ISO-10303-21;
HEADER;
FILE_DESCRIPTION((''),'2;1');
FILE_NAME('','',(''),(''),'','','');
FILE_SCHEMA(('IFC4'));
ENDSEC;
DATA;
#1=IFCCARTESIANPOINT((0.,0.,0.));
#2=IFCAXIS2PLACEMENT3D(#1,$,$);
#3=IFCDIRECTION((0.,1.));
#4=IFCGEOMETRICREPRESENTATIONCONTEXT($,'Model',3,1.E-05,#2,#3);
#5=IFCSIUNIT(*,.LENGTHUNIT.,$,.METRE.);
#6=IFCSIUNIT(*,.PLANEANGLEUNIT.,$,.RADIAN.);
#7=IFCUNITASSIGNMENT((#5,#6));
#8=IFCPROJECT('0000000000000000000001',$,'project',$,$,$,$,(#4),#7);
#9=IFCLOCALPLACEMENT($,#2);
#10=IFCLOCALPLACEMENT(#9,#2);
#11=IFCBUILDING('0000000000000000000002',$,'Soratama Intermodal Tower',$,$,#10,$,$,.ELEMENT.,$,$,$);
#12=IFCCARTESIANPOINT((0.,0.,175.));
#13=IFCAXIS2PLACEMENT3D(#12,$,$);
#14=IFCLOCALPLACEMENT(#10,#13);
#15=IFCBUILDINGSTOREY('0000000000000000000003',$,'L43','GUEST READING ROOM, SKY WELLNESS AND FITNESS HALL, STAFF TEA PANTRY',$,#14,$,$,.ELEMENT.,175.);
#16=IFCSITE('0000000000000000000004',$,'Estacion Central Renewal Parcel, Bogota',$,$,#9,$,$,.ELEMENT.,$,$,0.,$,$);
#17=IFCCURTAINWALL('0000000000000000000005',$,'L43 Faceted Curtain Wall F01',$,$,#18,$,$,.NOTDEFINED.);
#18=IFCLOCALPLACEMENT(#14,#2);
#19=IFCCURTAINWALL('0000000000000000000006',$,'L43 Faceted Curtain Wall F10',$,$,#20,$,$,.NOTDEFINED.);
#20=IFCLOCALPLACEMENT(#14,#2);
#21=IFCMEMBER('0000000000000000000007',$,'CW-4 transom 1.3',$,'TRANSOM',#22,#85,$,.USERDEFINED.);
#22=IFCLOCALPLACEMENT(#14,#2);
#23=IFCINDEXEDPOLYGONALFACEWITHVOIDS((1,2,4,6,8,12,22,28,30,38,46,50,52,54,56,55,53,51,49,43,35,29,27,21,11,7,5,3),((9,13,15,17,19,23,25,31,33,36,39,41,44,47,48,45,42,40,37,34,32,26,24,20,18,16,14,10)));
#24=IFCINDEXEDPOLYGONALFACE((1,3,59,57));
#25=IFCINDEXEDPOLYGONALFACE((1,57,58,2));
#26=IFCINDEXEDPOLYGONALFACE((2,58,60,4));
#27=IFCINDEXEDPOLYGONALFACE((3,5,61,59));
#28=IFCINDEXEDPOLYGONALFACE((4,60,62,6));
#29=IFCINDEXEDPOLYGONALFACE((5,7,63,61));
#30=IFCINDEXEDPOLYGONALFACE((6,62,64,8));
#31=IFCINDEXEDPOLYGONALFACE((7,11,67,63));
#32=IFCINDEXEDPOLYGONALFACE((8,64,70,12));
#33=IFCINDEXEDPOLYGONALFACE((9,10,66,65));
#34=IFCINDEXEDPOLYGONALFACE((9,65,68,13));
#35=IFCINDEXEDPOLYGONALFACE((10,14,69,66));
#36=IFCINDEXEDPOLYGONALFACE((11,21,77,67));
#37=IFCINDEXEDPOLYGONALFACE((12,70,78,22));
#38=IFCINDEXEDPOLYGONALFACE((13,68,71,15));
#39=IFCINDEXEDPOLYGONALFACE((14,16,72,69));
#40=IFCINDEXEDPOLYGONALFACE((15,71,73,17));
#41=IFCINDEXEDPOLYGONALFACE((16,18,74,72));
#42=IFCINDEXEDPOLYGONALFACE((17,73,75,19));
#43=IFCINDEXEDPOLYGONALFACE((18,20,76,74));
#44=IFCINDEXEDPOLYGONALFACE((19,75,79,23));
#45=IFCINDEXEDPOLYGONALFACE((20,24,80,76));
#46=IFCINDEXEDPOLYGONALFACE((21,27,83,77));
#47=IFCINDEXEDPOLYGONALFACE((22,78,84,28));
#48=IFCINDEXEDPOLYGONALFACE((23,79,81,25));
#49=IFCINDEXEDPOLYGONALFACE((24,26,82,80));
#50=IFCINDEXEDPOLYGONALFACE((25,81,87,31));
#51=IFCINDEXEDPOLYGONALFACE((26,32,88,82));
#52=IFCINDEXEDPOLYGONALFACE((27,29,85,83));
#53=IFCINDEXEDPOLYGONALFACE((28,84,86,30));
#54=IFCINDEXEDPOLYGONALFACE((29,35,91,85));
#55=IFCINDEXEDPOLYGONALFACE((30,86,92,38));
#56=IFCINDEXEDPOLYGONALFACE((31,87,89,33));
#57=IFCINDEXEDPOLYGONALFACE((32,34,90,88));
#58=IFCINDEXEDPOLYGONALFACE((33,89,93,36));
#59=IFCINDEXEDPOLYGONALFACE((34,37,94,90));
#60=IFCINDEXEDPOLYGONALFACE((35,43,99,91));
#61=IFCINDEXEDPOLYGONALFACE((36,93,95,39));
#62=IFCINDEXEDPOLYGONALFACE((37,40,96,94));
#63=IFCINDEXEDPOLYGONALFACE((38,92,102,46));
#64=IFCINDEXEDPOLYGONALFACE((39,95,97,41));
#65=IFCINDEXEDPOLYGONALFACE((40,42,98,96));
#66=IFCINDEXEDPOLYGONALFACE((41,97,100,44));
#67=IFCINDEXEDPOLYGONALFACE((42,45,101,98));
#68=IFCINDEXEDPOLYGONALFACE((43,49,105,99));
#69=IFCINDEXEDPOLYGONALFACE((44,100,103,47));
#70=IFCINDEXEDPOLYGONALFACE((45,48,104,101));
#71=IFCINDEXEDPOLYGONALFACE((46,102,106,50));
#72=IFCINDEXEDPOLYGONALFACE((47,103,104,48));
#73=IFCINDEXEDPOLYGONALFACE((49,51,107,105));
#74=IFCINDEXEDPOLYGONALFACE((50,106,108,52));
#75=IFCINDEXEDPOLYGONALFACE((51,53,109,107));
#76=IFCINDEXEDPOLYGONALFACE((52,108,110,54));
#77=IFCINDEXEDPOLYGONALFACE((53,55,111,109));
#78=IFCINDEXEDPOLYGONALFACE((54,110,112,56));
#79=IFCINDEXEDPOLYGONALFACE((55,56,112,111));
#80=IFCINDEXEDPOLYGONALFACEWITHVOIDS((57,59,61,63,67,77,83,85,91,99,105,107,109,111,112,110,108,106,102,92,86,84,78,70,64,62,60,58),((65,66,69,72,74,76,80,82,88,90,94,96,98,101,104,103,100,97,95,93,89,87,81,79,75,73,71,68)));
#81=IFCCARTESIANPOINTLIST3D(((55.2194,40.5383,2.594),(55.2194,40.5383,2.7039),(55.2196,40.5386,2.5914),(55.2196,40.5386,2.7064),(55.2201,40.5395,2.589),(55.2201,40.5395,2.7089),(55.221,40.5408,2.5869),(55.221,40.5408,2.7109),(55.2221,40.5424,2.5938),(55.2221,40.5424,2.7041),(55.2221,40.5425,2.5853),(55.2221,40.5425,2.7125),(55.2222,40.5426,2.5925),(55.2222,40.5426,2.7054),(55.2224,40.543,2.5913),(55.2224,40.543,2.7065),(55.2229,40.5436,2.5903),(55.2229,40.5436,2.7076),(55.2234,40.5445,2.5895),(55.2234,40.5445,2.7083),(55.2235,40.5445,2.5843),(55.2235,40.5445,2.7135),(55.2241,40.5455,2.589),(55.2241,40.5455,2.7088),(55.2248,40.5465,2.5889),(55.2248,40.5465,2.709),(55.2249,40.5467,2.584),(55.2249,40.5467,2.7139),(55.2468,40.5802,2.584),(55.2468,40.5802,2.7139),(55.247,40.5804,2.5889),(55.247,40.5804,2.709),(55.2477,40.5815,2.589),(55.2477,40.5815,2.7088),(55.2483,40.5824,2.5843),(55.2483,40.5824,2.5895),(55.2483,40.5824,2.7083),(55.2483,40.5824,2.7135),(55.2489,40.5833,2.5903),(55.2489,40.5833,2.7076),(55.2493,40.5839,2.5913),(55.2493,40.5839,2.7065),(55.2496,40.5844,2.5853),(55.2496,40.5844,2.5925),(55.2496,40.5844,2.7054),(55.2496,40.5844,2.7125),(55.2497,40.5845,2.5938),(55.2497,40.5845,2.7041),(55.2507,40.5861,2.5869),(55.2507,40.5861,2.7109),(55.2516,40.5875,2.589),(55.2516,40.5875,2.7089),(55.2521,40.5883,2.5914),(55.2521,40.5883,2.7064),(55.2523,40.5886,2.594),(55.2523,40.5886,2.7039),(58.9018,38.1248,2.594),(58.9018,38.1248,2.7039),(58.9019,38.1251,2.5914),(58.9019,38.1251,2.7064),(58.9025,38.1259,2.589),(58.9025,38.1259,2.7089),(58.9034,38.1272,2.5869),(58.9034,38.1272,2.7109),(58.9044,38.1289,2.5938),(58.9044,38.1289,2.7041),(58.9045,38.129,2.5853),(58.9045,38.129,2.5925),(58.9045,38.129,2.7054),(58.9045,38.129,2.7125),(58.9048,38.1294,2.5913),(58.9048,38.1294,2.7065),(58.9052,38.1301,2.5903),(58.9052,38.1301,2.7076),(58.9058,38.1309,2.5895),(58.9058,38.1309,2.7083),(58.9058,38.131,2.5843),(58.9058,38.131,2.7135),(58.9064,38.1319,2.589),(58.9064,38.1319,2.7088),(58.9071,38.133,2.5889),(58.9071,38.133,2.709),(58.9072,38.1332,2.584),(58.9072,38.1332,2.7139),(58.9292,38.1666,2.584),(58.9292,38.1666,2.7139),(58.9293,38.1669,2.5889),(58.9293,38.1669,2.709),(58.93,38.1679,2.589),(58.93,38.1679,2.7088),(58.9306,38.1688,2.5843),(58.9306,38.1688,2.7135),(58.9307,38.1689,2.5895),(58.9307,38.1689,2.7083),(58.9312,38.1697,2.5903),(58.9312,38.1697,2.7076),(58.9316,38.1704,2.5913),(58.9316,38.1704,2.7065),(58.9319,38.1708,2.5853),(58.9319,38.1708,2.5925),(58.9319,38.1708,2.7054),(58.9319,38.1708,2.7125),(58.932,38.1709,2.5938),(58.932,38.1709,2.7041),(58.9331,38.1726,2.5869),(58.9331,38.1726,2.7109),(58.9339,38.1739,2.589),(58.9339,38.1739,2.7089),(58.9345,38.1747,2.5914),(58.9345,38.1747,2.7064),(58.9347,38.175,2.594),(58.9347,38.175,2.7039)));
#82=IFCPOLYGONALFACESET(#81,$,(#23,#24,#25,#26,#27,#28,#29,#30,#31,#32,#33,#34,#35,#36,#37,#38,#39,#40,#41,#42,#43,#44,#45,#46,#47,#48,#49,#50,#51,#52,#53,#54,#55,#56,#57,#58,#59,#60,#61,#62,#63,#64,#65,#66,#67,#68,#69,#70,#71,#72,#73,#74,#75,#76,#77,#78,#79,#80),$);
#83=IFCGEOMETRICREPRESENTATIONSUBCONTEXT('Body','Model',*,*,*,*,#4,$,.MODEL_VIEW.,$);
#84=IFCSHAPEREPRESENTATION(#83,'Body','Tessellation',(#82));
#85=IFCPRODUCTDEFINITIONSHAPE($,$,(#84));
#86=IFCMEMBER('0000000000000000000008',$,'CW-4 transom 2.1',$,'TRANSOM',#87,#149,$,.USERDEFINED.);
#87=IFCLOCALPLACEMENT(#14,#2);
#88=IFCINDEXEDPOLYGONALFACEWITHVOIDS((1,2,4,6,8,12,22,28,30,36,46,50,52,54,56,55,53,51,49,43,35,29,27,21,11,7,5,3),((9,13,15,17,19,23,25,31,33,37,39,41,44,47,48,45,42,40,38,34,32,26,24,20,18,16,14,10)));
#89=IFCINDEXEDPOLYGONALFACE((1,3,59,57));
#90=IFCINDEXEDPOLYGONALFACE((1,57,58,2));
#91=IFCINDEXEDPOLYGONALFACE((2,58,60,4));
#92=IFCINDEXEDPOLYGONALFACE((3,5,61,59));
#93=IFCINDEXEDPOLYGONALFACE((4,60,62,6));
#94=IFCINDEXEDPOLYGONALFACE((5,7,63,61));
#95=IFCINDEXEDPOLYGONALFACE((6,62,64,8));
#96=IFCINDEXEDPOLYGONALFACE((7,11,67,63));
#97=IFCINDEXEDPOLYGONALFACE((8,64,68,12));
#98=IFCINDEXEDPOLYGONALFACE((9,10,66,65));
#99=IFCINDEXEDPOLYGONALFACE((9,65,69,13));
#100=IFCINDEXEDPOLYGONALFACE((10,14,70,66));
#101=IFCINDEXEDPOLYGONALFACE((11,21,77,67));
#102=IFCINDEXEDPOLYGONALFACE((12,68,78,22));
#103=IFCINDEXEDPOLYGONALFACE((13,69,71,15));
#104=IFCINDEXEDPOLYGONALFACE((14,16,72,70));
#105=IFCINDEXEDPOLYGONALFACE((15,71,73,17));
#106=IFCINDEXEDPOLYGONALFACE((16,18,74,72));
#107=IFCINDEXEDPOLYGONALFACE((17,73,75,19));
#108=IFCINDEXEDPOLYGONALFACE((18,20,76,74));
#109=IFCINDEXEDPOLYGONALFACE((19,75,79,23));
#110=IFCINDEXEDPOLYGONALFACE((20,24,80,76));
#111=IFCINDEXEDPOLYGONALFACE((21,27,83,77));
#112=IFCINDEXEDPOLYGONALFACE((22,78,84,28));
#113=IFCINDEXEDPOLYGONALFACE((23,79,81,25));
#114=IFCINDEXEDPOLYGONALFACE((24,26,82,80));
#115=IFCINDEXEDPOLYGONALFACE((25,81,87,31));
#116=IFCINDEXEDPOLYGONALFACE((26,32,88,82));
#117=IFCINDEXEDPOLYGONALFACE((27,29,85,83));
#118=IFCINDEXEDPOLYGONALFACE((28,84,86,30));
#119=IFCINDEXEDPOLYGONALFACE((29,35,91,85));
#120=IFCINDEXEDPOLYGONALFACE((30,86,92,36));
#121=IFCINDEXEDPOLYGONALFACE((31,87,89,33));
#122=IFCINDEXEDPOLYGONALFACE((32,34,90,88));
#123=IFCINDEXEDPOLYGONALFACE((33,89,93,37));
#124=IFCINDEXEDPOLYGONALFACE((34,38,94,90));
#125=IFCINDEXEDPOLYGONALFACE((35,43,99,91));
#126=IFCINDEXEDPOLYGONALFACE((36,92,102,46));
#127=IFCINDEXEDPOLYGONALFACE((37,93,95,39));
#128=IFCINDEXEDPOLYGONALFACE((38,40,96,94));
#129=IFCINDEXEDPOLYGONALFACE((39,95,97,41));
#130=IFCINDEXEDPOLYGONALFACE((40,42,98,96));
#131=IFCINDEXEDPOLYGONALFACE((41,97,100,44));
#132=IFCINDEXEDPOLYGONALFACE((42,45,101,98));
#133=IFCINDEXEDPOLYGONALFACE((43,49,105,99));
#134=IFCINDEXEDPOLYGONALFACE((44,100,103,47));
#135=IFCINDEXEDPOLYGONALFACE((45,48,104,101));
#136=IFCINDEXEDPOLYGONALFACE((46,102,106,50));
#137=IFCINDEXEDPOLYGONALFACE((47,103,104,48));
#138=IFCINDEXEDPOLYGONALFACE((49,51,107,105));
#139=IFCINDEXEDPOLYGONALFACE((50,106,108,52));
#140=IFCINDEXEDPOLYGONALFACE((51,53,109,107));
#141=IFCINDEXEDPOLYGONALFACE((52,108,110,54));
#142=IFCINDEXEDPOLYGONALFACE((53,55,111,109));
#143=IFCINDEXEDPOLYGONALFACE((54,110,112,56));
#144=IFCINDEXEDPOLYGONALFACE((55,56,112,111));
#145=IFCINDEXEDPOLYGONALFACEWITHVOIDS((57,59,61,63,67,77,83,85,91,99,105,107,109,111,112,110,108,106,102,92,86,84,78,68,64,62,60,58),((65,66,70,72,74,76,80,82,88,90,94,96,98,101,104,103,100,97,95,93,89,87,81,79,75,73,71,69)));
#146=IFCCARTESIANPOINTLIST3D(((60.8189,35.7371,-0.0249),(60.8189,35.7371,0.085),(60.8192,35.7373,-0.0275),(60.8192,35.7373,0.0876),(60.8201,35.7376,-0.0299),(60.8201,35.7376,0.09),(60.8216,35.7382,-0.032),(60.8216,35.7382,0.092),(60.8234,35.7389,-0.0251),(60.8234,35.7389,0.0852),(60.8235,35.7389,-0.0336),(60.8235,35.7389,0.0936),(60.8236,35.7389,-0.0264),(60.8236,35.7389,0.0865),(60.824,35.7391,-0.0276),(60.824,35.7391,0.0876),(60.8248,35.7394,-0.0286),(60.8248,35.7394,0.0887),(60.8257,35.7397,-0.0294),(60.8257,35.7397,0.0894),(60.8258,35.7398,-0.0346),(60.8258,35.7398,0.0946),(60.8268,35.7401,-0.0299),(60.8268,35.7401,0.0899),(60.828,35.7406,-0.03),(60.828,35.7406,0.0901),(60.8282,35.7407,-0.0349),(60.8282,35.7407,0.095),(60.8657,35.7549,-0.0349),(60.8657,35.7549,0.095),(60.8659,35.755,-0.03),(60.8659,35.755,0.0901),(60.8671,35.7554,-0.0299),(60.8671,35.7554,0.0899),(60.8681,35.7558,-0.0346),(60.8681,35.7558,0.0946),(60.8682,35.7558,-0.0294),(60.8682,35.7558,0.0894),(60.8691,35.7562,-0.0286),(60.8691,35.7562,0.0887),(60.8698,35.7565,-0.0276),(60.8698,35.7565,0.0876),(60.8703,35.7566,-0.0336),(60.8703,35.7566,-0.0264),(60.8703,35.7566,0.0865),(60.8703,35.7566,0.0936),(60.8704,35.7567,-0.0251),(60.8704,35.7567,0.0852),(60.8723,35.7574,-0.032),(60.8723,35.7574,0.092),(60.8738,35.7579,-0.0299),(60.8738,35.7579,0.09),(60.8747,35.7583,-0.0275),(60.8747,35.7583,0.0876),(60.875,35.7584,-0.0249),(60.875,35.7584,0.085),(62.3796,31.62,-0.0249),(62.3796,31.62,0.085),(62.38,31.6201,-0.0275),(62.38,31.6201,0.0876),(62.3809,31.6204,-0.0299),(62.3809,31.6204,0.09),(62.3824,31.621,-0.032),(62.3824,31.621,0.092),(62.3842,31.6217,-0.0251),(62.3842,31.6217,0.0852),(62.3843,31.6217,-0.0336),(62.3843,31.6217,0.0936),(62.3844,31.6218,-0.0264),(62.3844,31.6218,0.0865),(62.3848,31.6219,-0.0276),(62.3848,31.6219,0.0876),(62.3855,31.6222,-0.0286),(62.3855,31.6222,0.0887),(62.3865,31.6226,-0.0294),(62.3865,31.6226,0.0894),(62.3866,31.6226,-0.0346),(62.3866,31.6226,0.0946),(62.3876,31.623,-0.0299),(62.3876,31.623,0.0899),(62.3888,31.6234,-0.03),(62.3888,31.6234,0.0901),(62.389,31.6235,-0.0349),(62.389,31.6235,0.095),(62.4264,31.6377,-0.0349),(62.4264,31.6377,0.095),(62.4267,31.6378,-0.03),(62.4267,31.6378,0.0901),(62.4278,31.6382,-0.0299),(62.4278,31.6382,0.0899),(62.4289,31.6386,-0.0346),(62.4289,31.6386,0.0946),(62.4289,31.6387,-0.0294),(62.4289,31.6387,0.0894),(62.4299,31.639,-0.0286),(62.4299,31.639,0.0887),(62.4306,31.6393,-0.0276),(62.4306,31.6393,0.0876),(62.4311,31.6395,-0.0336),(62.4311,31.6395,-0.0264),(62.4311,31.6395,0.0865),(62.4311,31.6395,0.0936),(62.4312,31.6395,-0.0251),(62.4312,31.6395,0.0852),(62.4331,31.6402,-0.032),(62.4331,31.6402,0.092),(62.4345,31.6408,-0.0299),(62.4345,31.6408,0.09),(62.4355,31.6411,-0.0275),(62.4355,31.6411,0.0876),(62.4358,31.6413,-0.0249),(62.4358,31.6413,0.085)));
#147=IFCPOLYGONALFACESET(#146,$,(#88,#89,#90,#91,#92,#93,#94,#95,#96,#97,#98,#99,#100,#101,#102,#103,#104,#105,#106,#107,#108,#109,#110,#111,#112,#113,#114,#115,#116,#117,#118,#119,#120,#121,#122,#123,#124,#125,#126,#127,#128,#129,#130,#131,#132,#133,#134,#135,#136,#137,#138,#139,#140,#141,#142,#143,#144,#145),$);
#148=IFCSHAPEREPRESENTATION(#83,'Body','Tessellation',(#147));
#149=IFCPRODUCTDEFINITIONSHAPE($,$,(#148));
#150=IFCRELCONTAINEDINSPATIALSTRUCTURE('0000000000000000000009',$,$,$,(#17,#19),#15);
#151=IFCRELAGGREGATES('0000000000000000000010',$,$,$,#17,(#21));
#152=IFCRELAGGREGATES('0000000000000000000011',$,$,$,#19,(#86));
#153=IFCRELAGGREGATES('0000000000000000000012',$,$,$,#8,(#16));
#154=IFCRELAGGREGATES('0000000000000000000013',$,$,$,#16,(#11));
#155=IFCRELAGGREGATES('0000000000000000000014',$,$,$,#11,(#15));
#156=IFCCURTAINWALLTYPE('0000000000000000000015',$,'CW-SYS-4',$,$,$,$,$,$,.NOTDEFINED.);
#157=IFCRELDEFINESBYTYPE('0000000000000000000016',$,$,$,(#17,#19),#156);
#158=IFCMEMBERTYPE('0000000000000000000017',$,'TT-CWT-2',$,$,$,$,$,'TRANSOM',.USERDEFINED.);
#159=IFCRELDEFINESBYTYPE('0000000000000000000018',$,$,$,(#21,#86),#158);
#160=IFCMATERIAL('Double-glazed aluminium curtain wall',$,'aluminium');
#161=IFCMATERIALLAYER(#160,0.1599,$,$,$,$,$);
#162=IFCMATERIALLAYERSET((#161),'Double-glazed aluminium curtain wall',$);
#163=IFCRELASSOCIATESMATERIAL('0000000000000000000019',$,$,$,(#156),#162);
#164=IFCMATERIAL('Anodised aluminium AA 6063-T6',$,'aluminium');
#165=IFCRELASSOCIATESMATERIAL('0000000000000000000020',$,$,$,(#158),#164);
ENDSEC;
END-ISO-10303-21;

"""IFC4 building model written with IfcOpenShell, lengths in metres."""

from ifc_helpers import new_model, si_unit, direction, frame, origin, origin_2d, place, context, subcontext, project, spatial, hollow_rectangle, extrude, material, layer, layer_set, material_profile, profile_set, type_object, element, aggregate, save


model = new_model("IFC4")

# Units and contexts
model_context = context("Model", 3, precision=1e-05, world=origin(), true_north=direction((0.0, 1.0)))
body_context = subcontext(model_context, "Body", "Model", "MODEL_VIEW")
ifc_project = project(units=[si_unit("LENGTHUNIT", "METRE"), si_unit("PLANEANGLEUNIT", "RADIAN")], contexts=[model_context])

# Site, building, storey
site_placement = place(None, origin())
site = spatial("IfcSite", under=ifc_project, at=site_placement, Name="Estacion Central Renewal Parcel, Bogota", CompositionType="ELEMENT", RefElevation=0.0)
building_placement = place(site_placement, origin())
building = spatial("IfcBuilding", under=site, at=building_placement, Name="Soratama Intermodal Tower", CompositionType="ELEMENT")
storey_placement = place(building_placement, frame((0.0, 0.0, 175.0)))
storey = spatial("IfcBuildingStorey", under=building, at=storey_placement, Name="L43", Description="GUEST READING ROOM, SKY WELLNESS AND FITNESS HALL, STAFF TEA PANTRY", CompositionType="ELEMENT", Elevation=175.0)

# Curtain wall
ifc_material_1 = material(Name="Double-glazed aluminium curtain wall", Category="aluminium")
ifc_layer_1 = layer(ifc_material_1, 0.1599)
ifc_layer_set_1 = layer_set([ifc_layer_1], Name="Double-glazed aluminium curtain wall")
curtain_wall_type = type_object("IfcCurtainWallType", Name="CW-SYS-4", PredefinedType="NOTDEFINED", material=ifc_layer_set_1)
curtain_wall_1_placement = place(storey_placement, origin())
curtain_wall_1 = element("IfcCurtainWall", 1, at=curtain_wall_1_placement, inside=storey, type_object=curtain_wall_type, Name="L43 Faceted Curtain Wall F01", PredefinedType="NOTDEFINED")

# Curtain wall
curtain_wall_2_placement = place(storey_placement, origin())
curtain_wall_2 = element("IfcCurtainWall", 2, at=curtain_wall_2_placement, inside=storey, type_object=curtain_wall_type, Name="L43 Faceted Curtain Wall F10", PredefinedType="NOTDEFINED")

# Members
ifc_material_2 = material(Name="Anodised aluminium AA 6063-T6", Category="aluminium")
ifc_material_profile_1 = material_profile(ifc_material_2, hollow_rectangle(XDim=0.0601, YDim=0.1299, WallThickness=0.0049, InnerFilletRadius=0.0049, OuterFilletRadius=0.01, at=origin_2d()), Name="CWT130X60X5")
ifc_profile_set_1 = profile_set([ifc_material_profile_1], Name="Anodised aluminium AA 6063-T6")
member_type_1 = type_object("IfcMemberType", Name="TT-CWT-2", ElementType="TRANSOM", PredefinedType="USERDEFINED", material=ifc_profile_set_1)
member_1_placement = place(storey_placement, frame((58.9182, 38.1499, 2.6489), z_axis=(-0.836359, 0.548183, 0.0), x_axis=(-0.548183, -0.836359, 0.0)))
member_1 = element("IfcMember", 3, at=member_1_placement, type_object=member_type_1, Name="CW-4 transom 1.3", ObjectType="TRANSOM", PredefinedType="USERDEFINED", context=body_context, shape_type="SweptSolid", body=[
    extrude(hollow_rectangle(XDim=0.0601, YDim=0.1299, WallThickness=0.0049, InnerFilletRadius=0.0049, OuterFilletRadius=0.01, at=origin_2d()), origin(), (0.0, 0.0, 1.0), 4.4028),
])
member_2_placement = place(storey_placement, frame((62.4077, 31.6306, 0.03), z_axis=(-0.354475, 0.935065, 0.0), x_axis=(-0.935065, -0.354475, 0.0)))
member_2 = element("IfcMember", 4, at=member_2_placement, type_object=member_type_1, Name="CW-4 transom 2.1", ObjectType="TRANSOM", PredefinedType="USERDEFINED", context=body_context, shape_type="SweptSolid", body=[
    extrude(hollow_rectangle(XDim=0.0601, YDim=0.1299, WallThickness=0.0049, InnerFilletRadius=0.0049, OuterFilletRadius=0.01, at=origin_2d()), origin(), (0.0, 0.0, 1.0), 4.4031),
])

aggregate(curtain_wall_1, [member_1])
aggregate(curtain_wall_2, [member_2])

save(model, "model.ifc")
